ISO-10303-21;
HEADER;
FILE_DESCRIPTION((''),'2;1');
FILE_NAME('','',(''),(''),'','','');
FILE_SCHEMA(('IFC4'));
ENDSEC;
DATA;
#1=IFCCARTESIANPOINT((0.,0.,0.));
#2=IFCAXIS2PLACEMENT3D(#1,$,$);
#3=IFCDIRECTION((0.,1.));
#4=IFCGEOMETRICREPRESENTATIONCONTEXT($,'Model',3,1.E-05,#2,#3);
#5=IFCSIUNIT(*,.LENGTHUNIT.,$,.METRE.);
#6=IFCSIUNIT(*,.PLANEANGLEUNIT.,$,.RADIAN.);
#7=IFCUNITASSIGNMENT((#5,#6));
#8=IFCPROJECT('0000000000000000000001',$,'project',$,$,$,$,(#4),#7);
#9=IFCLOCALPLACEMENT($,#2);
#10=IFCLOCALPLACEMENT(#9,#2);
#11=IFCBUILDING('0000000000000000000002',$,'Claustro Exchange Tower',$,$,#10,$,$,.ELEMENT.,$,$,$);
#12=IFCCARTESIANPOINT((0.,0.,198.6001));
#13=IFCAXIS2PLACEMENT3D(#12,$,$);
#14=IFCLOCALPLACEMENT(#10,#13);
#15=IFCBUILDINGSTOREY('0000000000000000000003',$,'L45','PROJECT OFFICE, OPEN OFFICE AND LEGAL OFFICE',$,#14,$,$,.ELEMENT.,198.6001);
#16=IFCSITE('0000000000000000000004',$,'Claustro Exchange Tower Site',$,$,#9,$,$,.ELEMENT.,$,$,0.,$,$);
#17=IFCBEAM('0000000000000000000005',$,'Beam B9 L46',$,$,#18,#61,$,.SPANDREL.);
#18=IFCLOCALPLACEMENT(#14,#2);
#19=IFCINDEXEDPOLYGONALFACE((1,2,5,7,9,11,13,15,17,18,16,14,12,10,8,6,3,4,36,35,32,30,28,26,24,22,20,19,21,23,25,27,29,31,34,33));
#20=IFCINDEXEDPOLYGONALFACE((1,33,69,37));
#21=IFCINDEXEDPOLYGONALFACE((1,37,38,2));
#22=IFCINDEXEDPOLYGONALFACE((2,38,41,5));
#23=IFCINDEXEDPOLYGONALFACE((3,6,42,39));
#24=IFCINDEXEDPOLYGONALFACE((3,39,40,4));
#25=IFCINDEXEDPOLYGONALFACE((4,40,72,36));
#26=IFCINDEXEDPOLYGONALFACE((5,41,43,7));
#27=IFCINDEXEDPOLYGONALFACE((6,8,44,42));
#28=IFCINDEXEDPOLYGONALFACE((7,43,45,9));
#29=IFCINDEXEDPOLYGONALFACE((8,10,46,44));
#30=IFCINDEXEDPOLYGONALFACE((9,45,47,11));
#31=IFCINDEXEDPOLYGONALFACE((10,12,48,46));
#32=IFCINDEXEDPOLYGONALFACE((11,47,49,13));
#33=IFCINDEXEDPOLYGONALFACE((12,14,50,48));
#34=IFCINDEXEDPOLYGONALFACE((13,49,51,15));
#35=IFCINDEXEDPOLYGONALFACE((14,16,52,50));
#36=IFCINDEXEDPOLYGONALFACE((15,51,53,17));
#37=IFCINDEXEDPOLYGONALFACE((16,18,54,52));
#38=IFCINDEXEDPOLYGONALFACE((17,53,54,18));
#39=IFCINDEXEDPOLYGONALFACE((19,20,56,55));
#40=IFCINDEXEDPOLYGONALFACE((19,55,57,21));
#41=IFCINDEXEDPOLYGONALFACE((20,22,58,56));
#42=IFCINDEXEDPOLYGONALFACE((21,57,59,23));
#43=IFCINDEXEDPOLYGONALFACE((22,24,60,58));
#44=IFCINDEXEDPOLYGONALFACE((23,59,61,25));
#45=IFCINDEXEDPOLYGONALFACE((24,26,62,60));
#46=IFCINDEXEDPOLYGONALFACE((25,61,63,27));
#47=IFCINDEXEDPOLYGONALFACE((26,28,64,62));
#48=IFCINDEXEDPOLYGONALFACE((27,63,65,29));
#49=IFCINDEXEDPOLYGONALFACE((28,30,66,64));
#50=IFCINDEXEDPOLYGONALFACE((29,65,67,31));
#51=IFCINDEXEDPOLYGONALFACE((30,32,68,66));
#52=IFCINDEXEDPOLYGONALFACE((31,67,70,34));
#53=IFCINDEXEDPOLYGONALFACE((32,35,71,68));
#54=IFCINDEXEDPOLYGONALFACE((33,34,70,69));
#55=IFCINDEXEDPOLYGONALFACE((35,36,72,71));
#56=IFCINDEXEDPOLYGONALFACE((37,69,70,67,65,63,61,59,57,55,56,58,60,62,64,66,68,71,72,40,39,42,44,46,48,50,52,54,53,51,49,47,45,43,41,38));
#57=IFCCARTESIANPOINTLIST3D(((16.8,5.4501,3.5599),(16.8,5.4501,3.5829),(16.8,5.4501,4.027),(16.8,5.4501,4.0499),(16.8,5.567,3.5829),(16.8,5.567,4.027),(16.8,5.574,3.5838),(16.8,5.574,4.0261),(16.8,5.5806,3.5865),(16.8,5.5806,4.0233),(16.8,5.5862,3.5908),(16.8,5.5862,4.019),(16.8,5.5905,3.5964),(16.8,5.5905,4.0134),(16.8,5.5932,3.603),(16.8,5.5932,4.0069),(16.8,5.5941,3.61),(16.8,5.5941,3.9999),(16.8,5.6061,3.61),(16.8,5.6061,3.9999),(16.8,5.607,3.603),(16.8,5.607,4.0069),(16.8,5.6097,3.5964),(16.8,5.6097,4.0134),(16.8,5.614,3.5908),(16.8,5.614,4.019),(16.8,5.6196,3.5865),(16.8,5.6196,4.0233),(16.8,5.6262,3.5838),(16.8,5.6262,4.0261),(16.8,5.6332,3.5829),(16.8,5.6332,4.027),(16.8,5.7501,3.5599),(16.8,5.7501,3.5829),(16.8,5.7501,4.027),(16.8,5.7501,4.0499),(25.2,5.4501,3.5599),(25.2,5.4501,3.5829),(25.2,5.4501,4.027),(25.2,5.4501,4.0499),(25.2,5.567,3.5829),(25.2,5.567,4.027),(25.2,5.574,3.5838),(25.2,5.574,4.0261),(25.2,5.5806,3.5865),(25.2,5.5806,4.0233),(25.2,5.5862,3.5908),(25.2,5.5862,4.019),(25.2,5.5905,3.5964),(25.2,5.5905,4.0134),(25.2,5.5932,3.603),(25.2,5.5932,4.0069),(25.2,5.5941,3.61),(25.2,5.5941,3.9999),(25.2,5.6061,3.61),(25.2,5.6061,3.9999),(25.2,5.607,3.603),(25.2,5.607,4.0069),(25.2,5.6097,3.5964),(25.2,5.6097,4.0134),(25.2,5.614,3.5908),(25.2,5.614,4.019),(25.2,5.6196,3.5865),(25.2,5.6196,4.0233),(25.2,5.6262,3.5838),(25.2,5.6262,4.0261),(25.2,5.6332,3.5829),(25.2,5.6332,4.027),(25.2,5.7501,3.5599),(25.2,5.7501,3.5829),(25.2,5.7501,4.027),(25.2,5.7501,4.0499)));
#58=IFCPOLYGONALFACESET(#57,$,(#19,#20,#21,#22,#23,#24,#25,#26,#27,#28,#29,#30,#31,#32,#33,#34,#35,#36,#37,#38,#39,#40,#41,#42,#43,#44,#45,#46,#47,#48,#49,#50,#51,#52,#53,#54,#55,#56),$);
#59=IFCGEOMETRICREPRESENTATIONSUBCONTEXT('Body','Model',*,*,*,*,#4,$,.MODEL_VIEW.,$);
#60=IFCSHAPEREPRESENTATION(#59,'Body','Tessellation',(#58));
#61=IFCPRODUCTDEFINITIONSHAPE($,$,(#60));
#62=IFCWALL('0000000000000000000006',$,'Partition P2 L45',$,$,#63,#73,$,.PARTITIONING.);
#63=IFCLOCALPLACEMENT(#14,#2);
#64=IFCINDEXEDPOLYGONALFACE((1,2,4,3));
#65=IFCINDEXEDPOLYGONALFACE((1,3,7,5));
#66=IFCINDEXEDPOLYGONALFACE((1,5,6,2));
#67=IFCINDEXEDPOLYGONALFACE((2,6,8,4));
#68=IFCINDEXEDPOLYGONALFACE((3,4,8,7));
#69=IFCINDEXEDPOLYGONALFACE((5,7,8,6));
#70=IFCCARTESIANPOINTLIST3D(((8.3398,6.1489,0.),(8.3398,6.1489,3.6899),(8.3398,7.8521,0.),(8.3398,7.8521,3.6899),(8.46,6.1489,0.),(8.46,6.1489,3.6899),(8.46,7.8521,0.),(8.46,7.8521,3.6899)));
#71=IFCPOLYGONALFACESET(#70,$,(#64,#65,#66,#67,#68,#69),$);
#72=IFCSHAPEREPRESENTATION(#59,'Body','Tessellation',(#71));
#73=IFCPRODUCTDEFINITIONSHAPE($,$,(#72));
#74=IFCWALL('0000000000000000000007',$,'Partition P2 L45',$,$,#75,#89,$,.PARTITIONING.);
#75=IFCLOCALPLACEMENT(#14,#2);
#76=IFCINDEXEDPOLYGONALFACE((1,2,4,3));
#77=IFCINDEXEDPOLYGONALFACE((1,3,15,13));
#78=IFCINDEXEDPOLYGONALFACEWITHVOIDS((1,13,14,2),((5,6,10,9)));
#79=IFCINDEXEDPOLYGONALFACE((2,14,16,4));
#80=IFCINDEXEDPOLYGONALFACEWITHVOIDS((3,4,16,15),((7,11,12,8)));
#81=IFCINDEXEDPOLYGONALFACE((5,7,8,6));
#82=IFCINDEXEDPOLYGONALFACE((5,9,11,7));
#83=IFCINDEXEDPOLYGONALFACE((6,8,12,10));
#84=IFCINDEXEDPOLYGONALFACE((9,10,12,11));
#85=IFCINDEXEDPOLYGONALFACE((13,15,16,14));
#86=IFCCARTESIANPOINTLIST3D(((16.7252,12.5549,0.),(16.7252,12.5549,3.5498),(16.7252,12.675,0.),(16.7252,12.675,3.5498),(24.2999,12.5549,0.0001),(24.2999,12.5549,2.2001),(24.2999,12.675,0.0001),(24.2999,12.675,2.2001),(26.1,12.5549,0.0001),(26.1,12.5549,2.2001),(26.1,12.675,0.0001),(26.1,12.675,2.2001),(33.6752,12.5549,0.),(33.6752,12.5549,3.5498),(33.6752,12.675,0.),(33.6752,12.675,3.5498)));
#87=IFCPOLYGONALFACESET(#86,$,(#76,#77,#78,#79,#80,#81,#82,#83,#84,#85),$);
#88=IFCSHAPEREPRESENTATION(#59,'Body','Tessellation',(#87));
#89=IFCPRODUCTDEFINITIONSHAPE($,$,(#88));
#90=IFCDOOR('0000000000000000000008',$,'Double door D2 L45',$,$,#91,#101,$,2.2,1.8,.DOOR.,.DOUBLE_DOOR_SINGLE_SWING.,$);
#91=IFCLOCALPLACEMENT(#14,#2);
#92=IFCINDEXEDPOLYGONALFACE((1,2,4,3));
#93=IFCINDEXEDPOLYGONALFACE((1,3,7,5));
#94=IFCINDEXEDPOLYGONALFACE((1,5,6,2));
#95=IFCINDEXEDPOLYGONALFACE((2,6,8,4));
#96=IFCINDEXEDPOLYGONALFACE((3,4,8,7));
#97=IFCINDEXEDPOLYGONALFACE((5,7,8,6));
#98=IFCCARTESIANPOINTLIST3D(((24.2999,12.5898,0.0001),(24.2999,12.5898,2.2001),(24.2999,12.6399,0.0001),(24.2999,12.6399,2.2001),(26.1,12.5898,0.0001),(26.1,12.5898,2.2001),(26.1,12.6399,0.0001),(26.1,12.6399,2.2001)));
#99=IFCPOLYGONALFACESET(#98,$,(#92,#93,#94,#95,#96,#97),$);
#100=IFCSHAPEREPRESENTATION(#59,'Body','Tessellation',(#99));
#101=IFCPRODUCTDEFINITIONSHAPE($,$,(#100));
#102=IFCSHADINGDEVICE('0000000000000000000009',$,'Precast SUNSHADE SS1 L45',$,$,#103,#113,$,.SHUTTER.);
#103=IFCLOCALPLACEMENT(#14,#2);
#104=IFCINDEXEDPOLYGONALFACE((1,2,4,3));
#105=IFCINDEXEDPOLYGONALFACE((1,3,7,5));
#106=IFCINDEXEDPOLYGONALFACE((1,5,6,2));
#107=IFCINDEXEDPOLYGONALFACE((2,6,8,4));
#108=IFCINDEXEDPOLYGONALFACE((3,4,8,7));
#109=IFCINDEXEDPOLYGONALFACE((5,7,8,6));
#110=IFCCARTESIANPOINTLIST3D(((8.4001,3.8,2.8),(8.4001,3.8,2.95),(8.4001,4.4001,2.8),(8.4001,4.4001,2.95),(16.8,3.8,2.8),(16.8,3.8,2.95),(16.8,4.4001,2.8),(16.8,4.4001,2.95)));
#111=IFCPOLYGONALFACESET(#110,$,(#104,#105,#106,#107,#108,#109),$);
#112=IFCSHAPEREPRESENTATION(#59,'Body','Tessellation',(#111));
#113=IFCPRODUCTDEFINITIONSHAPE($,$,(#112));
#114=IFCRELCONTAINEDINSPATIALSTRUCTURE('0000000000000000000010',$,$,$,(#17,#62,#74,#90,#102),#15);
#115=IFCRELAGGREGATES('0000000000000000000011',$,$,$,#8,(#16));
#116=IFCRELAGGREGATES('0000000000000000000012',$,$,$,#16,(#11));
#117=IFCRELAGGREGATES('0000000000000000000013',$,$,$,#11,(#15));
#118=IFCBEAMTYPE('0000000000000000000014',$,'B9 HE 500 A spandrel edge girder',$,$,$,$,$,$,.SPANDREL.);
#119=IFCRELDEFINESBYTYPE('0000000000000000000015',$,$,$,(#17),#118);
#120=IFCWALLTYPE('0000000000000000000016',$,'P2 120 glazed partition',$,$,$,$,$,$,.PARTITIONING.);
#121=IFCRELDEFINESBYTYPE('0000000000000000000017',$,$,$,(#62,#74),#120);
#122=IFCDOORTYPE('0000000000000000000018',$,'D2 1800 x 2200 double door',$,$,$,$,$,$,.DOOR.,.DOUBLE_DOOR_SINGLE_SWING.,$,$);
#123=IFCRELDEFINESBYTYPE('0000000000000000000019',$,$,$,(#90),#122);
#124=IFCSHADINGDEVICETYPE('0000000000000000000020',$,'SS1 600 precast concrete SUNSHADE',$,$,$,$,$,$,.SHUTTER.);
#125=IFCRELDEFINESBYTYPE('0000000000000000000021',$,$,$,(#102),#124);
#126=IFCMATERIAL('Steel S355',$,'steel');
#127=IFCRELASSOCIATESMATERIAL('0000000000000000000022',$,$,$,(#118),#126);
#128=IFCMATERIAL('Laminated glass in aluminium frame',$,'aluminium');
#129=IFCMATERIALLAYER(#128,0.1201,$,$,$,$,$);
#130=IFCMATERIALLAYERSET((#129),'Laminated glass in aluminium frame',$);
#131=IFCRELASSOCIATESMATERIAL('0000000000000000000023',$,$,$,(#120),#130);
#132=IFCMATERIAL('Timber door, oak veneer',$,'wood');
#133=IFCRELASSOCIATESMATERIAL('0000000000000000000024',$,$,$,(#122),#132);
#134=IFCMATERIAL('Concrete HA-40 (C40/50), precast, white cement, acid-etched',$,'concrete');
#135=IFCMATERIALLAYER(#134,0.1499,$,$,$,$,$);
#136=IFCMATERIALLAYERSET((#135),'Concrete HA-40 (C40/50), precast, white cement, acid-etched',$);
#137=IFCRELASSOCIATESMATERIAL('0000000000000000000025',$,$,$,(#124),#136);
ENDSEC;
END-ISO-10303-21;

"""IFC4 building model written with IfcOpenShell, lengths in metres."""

from ifc_helpers import new_model, si_unit, direction, frame, frame_2d, origin, origin_2d, place, context, subcontext, project, spatial, rectangle, i_section, extrude, material, layer, layer_set, material_profile, profile_set, type_object, element, fill, save


model = new_model("IFC4")

# Units and contexts
model_context = context("Model", 3, precision=1e-05, world=origin(), true_north=direction((0.0, 1.0)))
body_context = subcontext(model_context, "Body", "Model", "MODEL_VIEW")
ifc_project = project(units=[si_unit("LENGTHUNIT", "METRE"), si_unit("PLANEANGLEUNIT", "RADIAN")], contexts=[model_context])

# Site, building, storey
site_placement = place(None, origin())
site = spatial("IfcSite", under=ifc_project, at=site_placement, Name="Claustro Exchange Tower Site", CompositionType="ELEMENT", RefElevation=0.0)
building_placement = place(site_placement, origin())
building = spatial("IfcBuilding", under=site, at=building_placement, Name="Claustro Exchange Tower", CompositionType="ELEMENT")
storey_placement = place(building_placement, frame((0.0, 0.0, 198.6001)))
storey = spatial("IfcBuildingStorey", under=building, at=storey_placement, Name="L45", Description="PROJECT OFFICE, OPEN OFFICE AND LEGAL OFFICE", CompositionType="ELEMENT", Elevation=198.6001)

# Beam
ifc_material_1 = material(Name="Steel S355", Category="steel")
ifc_material_profile_1 = material_profile(ifc_material_1, i_section(OverallWidth=0.3, OverallDepth=0.49, WebThickness=0.012, FlangeThickness=0.0229, FilletRadius=0.0271, at=origin_2d()), Name="HE 500 A")
ifc_profile_set_1 = profile_set([ifc_material_profile_1], Name="Steel S355")
beam_type_1 = type_object("IfcBeamType", Name="B9 HE 500 A spandrel edge girder", PredefinedType="SPANDREL", material=ifc_profile_set_1)
beam_1_placement = place(storey_placement, frame((16.8, 5.6001, 3.8049), z_axis=(1.0, 0.0, 0.0), x_axis=(0.0, 1.0, 0.0)))
element("IfcBeam", 1, at=beam_1_placement, inside=storey, type_object=beam_type_1, Name="Beam B9 L46", PredefinedType="SPANDREL", context=body_context, shape_type="SweptSolid", body=[
    extrude(i_section(OverallWidth=0.3, OverallDepth=0.49, WebThickness=0.012, FlangeThickness=0.0229, FilletRadius=0.0271, at=origin_2d()), origin(), (0.0, 0.0, 1.0), 8.3999),
])

# Wall
ifc_material_2 = material(Name="Laminated glass in aluminium frame", Category="aluminium")
ifc_layer_1 = layer(ifc_material_2, 0.1201)
ifc_layer_set_1 = layer_set([ifc_layer_1], Name="Laminated glass in aluminium frame")
wall_type_1 = type_object("IfcWallType", Name="P2 120 glazed partition", PredefinedType="PARTITIONING", material=ifc_layer_set_1)
wall_1_placement = place(storey_placement, frame((8.3999, 6.1489, 0.0), z_axis=(0.0, 0.0, 1.0), x_axis=(0.0, 1.0, 0.0)))
element("IfcWall", 2, at=wall_1_placement, inside=storey, type_object=wall_type_1, Name="Partition P2 L45", PredefinedType="PARTITIONING", context=body_context, shape_type="SweptSolid", body=[
    extrude(rectangle(XDim=1.7031, YDim=0.1201, at=frame_2d((0.8516, 0.0))), origin(), (0.0, 0.0, 1.0), 3.6899),
])

# Wall, opening, door
wall_2_placement = place(storey_placement, frame((16.7251, 12.615, 0.0), z_axis=(0.0, 0.0, 1.0), x_axis=(1.0, 0.0, 0.0)))
wall_2 = element("IfcWall", 3, at=wall_2_placement, inside=storey, type_object=wall_type_1, Name="Partition P2 L45", PredefinedType="PARTITIONING", context=body_context, shape_type="SweptSolid", body=[
    extrude(rectangle(XDim=16.95, YDim=0.1201, at=frame_2d((8.4751, 0.0))), origin(), (0.0, 0.0, 1.0), 3.5498),
])
opening_1_placement = place(wall_2_placement, frame((7.575, 0.0, 0.0)))
opening_1 = element("IfcOpeningElement", 4, at=opening_1_placement, cuts=wall_2, PredefinedType="OPENING", context=body_context, shape_type="SweptSolid", body=[
    extrude(rectangle(XDim=1.8, YDim=2.2, at=frame_2d((0.8999, 1.1001))), frame((0.0, 0.0701, 0.0), z_axis=(0.0, -1.0, 0.0), x_axis=(1.0, 0.0, 0.0)), (0.0, 0.0, 1.0), 0.1401),
])
ifc_material_3 = material(Name="Timber door, oak veneer", Category="wood")
door_type_1 = type_object("IfcDoorType", Name="D2 1800 x 2200 double door", OperationType="DOUBLE_DOOR_SINGLE_SWING", PredefinedType="DOOR", material=ifc_material_3)
door_1_placement = place(opening_1_placement, origin())
door_1 = element("IfcDoor", 5, at=door_1_placement, inside=storey, type_object=door_type_1, Name="Double door D2 L45", OperationType="DOUBLE_DOOR_SINGLE_SWING", OverallHeight=2.2, OverallWidth=1.8, PredefinedType="DOOR", context=body_context, shape_type="SweptSolid", body=[
    extrude(rectangle(XDim=1.8, YDim=2.2, at=frame_2d((0.8999, 1.1001))), frame((0.0, 0.0249, 0.0), z_axis=(0.0, -1.0, 0.0), x_axis=(1.0, 0.0, 0.0)), (0.0, 0.0, 1.0), 0.05),
])
fill(opening_1, door_1)

# Shading device
ifc_material_4 = material(Name="Concrete HA-40 (C40/50), precast, white cement, acid-etched", Category="concrete")
ifc_layer_2 = layer(ifc_material_4, 0.1499)
ifc_layer_set_2 = layer_set([ifc_layer_2], Name="Concrete HA-40 (C40/50), precast, white cement, acid-etched")
shading_device_type = type_object("IfcShadingDeviceType", Name="SS1 600 precast concrete SUNSHADE", PredefinedType="SHUTTER", material=ifc_layer_set_2)
shading_device_placement = place(storey_placement, frame((12.6001, 4.1001, 2.8), z_axis=(0.0, 0.0, 1.0), x_axis=(-1.0, 0.0, 0.0)))
element("IfcShadingDevice", 6, at=shading_device_placement, inside=storey, type_object=shading_device_type, Name="Precast SUNSHADE SS1 L45", PredefinedType="SHUTTER", context=body_context, shape_type="SweptSolid", body=[
    extrude(rectangle(XDim=8.3999, YDim=0.6001, at=origin_2d()), origin(), (0.0, 0.0, 1.0), 0.1499),
])

save(model, "model.ifc")
